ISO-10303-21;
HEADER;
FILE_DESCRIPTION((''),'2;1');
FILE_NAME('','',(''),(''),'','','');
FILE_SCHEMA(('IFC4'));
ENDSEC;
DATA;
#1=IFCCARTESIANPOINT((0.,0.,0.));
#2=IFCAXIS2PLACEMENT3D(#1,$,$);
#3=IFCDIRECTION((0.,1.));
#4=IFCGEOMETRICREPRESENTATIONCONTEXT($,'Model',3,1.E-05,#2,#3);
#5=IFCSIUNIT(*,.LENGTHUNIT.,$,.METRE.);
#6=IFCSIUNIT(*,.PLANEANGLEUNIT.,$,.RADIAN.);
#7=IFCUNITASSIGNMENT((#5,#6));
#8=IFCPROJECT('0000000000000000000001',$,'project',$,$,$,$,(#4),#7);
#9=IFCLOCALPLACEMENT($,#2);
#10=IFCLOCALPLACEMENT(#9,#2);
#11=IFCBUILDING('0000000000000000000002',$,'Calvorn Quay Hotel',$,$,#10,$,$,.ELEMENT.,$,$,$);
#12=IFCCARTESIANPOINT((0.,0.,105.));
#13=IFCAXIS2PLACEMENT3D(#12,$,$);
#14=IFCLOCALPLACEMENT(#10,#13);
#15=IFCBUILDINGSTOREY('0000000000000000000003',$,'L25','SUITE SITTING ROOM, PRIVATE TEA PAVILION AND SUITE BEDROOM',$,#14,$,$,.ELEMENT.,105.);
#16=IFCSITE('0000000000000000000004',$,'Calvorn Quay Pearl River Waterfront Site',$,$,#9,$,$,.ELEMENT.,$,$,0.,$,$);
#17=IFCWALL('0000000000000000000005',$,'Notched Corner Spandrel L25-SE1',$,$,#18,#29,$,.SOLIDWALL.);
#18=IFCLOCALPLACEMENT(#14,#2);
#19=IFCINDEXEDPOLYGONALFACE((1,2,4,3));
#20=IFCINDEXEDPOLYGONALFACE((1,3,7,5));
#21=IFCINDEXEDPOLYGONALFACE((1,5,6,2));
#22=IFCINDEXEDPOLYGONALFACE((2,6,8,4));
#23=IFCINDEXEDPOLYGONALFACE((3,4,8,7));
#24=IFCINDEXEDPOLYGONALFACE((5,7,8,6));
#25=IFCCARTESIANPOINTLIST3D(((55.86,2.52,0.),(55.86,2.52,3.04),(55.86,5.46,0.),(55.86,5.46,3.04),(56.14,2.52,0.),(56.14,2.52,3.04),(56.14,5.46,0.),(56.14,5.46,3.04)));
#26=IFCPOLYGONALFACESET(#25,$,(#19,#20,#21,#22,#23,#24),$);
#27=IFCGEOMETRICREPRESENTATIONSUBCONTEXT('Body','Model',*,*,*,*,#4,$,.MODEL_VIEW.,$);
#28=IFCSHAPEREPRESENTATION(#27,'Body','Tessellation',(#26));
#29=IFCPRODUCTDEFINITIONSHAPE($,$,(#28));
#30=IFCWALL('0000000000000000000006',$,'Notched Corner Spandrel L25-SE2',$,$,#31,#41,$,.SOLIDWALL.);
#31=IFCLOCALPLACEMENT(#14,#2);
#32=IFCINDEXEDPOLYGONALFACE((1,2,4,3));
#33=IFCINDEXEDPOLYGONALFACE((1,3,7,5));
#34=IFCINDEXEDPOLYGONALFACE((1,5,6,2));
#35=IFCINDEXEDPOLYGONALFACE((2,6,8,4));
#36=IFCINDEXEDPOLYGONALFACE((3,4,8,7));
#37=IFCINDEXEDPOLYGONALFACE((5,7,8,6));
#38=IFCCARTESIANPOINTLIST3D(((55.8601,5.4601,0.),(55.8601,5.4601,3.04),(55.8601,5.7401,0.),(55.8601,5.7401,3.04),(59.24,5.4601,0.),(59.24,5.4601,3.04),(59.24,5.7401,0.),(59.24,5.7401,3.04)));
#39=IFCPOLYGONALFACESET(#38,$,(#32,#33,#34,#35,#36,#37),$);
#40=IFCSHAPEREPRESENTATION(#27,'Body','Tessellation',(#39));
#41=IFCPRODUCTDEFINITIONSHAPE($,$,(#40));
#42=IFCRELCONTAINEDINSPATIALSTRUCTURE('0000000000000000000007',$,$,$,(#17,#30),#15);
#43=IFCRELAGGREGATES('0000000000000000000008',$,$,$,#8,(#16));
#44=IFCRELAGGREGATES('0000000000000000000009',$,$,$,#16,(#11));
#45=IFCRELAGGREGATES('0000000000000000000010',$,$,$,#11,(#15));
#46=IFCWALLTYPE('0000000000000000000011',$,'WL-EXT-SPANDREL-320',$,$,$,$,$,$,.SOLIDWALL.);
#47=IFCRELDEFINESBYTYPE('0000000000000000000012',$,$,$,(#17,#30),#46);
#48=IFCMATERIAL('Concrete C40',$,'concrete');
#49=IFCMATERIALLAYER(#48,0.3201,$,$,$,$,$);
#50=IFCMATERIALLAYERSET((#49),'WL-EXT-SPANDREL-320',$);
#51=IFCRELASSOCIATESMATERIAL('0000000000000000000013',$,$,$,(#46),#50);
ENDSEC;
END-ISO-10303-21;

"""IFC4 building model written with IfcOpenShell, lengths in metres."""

from ifc_helpers import new_model, si_unit, direction, frame, frame_2d, origin, place, context, subcontext, project, spatial, rectangle, extrude, material, layer, layer_set, type_object, element, save


model = new_model("IFC4")

# Units and contexts
model_context = context("Model", 3, precision=1e-05, world=origin(), true_north=direction((0.0, 1.0)))
body_context = subcontext(model_context, "Body", "Model", "MODEL_VIEW")
ifc_project = project(units=[si_unit("LENGTHUNIT", "METRE"), si_unit("PLANEANGLEUNIT", "RADIAN")], contexts=[model_context])

# Site, building, storey
site_placement = place(None, origin())
site = spatial("IfcSite", under=ifc_project, at=site_placement, Name="Calvorn Quay Pearl River Waterfront Site", CompositionType="ELEMENT", RefElevation=0.0)
building_placement = place(site_placement, origin())
building = spatial("IfcBuilding", under=site, at=building_placement, Name="Calvorn Quay Hotel", CompositionType="ELEMENT")
storey_placement = place(building_placement, frame((0.0, 0.0, 105.0)))
storey = spatial("IfcBuildingStorey", under=building, at=storey_placement, Name="L25", Description="SUITE SITTING ROOM, PRIVATE TEA PAVILION AND SUITE BEDROOM", CompositionType="ELEMENT", Elevation=105.0)

# Walls
ifc_material_1 = material(Name="Concrete C40", Category="concrete")
ifc_layer_1 = layer(ifc_material_1, 0.3201)
ifc_layer_set_1 = layer_set([ifc_layer_1], Name="WL-EXT-SPANDREL-320")
wall_type_1 = type_object("IfcWallType", Name="WL-EXT-SPANDREL-320", PredefinedType="SOLIDWALL", material=ifc_layer_set_1)
wall_1_placement = place(storey_placement, frame((56.0, 2.52, 0.0), z_axis=(0.0, 0.0, 1.0), x_axis=(0.0, 1.0, 0.0)))
element("IfcWall", 1, at=wall_1_placement, inside=storey, type_object=wall_type_1, Name="Notched Corner Spandrel L25-SE1", PredefinedType="SOLIDWALL", context=body_context, shape_type="SweptSolid", body=[
    extrude(rectangle(XDim=2.9399, YDim=0.28, at=frame_2d((1.47, 0.0))), origin(), (0.0, 0.0, 1.0), 3.04),
])
wall_2_placement = place(storey_placement, frame((55.8601, 5.6001, 0.0), z_axis=(0.0, 0.0, 1.0), x_axis=(1.0, 0.0, 0.0)))
element("IfcWall", 2, at=wall_2_placement, inside=storey, type_object=wall_type_1, Name="Notched Corner Spandrel L25-SE2", PredefinedType="SOLIDWALL", context=body_context, shape_type="SweptSolid", body=[
    extrude(rectangle(XDim=3.3799, YDim=0.28, at=frame_2d((1.6899, 0.0))), origin(), (0.0, 0.0, 1.0), 3.04),
])

save(model, "model.ifc")
